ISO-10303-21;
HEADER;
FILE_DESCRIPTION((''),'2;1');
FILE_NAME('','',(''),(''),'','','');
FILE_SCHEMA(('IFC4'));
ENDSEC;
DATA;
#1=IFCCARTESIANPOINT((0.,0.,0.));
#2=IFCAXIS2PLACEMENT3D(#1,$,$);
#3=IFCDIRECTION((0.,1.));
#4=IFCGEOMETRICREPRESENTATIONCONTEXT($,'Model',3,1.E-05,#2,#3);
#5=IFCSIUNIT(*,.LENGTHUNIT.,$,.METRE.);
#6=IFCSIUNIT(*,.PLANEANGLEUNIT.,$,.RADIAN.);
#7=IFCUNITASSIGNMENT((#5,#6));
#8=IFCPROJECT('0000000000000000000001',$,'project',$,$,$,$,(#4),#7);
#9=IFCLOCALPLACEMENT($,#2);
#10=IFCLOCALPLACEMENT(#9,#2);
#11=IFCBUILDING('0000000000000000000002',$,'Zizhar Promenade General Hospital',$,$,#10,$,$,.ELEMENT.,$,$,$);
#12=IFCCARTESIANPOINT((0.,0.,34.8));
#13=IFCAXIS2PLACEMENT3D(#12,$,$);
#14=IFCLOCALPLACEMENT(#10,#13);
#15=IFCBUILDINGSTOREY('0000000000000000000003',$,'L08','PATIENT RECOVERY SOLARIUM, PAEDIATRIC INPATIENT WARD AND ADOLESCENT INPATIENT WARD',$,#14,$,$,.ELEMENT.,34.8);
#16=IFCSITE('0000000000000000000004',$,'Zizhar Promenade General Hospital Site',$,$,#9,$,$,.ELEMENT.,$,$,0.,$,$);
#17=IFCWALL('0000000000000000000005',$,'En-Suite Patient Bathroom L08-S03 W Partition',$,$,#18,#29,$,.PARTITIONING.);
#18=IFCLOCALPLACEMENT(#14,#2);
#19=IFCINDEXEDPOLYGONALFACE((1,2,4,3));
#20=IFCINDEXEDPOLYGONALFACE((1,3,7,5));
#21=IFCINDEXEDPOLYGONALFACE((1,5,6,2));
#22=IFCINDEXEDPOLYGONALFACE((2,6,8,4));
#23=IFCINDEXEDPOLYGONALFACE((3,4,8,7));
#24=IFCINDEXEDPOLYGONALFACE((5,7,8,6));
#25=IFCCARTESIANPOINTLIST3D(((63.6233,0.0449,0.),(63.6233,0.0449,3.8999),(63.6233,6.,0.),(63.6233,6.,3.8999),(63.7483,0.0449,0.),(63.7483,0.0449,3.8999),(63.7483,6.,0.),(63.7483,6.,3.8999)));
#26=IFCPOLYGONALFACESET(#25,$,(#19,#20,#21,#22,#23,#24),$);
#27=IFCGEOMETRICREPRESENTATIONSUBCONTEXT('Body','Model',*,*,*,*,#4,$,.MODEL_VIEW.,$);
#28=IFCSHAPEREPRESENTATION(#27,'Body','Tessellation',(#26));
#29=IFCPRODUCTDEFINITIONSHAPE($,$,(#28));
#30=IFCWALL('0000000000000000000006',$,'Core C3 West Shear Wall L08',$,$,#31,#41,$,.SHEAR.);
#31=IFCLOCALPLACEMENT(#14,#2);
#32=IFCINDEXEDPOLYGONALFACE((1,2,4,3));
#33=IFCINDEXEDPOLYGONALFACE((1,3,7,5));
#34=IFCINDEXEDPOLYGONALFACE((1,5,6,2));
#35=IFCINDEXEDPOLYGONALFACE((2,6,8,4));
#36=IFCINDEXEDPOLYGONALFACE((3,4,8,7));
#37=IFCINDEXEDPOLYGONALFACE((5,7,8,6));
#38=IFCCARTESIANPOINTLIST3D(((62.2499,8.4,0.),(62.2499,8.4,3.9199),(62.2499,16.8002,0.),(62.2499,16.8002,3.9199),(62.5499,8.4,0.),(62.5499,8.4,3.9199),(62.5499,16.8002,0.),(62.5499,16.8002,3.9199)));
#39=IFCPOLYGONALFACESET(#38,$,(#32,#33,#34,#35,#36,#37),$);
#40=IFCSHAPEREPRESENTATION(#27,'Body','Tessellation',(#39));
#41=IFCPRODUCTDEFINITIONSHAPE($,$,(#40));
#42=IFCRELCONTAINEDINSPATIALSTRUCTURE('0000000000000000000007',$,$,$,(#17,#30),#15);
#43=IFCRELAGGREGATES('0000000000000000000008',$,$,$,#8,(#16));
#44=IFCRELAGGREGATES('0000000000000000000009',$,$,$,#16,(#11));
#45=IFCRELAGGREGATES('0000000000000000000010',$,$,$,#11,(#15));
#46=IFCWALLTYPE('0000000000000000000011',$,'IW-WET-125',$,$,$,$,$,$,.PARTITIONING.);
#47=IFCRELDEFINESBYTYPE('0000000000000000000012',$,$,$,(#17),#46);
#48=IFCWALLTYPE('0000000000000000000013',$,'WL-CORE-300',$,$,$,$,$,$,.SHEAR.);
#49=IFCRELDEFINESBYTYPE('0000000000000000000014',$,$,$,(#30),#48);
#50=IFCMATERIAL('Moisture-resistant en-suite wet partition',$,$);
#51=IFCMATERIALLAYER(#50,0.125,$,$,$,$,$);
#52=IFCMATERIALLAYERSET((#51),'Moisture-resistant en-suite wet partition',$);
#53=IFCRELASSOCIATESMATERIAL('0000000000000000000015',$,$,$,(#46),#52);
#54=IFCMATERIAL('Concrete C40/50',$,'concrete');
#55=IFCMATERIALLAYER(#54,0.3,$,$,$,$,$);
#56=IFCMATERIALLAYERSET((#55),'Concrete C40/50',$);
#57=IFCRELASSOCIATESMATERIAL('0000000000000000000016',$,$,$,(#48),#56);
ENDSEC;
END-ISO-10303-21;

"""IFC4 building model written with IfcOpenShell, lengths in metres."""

from ifc_helpers import new_model, si_unit, direction, frame, frame_2d, origin, place, context, subcontext, project, spatial, rectangle, extrude, material, layer, layer_set, type_object, element, save


model = new_model("IFC4")

# Units and contexts
model_context = context("Model", 3, precision=1e-05, world=origin(), true_north=direction((0.0, 1.0)))
body_context = subcontext(model_context, "Body", "Model", "MODEL_VIEW")
ifc_project = project(units=[si_unit("LENGTHUNIT", "METRE"), si_unit("PLANEANGLEUNIT", "RADIAN")], contexts=[model_context])

# Site, building, storey
site_placement = place(None, origin())
site = spatial("IfcSite", under=ifc_project, at=site_placement, Name="Zizhar Promenade General Hospital Site", CompositionType="ELEMENT", RefElevation=0.0)
building_placement = place(site_placement, origin())
building = spatial("IfcBuilding", under=site, at=building_placement, Name="Zizhar Promenade General Hospital", CompositionType="ELEMENT")
storey_placement = place(building_placement, frame((0.0, 0.0, 34.8)))
storey = spatial("IfcBuildingStorey", under=building, at=storey_placement, Name="L08", Description="PATIENT RECOVERY SOLARIUM, PAEDIATRIC INPATIENT WARD AND ADOLESCENT INPATIENT WARD", CompositionType="ELEMENT", Elevation=34.8)

# Walls
ifc_material_1 = material(Name="Moisture-resistant en-suite wet partition")
ifc_layer_1 = layer(ifc_material_1, 0.125)
ifc_layer_set_1 = layer_set([ifc_layer_1], Name="Moisture-resistant en-suite wet partition")
wall_type_1 = type_object("IfcWallType", Name="IW-WET-125", PredefinedType="PARTITIONING", material=ifc_layer_set_1)
wall_1_placement = place(storey_placement, frame((63.6858, 0.0449, 0.0), z_axis=(0.0, 0.0, 1.0), x_axis=(0.0, 1.0, 0.0)))
element("IfcWall", 1, at=wall_1_placement, inside=storey, type_object=wall_type_1, Name="En-Suite Patient Bathroom L08-S03 W Partition", PredefinedType="PARTITIONING", context=body_context, shape_type="SweptSolid", body=[
    extrude(rectangle(XDim=5.9551, YDim=0.125, at=frame_2d((2.9775, 0.0))), origin(), (0.0, 0.0, 1.0), 3.8999),
])
ifc_material_2 = material(Name="Concrete C40/50", Category="concrete")
ifc_layer_2 = layer(ifc_material_2, 0.3)
ifc_layer_set_2 = layer_set([ifc_layer_2], Name="Concrete C40/50")
wall_type_2 = type_object("IfcWallType", Name="WL-CORE-300", PredefinedType="SHEAR", material=ifc_layer_set_2)
wall_2_placement = place(storey_placement, frame((62.3999, 8.3999, 0.0), z_axis=(0.0, 0.0, 1.0), x_axis=(0.0, 1.0, 0.0)))
element("IfcWall", 2, at=wall_2_placement, inside=storey, type_object=wall_type_2, Name="Core C3 West Shear Wall L08", PredefinedType="SHEAR", context=body_context, shape_type="SweptSolid", body=[
    extrude(rectangle(XDim=8.4001, YDim=0.3, at=frame_2d((4.2002, 0.0))), origin(), (0.0, 0.0, 1.0), 3.9199),
])

save(model, "model.ifc")
